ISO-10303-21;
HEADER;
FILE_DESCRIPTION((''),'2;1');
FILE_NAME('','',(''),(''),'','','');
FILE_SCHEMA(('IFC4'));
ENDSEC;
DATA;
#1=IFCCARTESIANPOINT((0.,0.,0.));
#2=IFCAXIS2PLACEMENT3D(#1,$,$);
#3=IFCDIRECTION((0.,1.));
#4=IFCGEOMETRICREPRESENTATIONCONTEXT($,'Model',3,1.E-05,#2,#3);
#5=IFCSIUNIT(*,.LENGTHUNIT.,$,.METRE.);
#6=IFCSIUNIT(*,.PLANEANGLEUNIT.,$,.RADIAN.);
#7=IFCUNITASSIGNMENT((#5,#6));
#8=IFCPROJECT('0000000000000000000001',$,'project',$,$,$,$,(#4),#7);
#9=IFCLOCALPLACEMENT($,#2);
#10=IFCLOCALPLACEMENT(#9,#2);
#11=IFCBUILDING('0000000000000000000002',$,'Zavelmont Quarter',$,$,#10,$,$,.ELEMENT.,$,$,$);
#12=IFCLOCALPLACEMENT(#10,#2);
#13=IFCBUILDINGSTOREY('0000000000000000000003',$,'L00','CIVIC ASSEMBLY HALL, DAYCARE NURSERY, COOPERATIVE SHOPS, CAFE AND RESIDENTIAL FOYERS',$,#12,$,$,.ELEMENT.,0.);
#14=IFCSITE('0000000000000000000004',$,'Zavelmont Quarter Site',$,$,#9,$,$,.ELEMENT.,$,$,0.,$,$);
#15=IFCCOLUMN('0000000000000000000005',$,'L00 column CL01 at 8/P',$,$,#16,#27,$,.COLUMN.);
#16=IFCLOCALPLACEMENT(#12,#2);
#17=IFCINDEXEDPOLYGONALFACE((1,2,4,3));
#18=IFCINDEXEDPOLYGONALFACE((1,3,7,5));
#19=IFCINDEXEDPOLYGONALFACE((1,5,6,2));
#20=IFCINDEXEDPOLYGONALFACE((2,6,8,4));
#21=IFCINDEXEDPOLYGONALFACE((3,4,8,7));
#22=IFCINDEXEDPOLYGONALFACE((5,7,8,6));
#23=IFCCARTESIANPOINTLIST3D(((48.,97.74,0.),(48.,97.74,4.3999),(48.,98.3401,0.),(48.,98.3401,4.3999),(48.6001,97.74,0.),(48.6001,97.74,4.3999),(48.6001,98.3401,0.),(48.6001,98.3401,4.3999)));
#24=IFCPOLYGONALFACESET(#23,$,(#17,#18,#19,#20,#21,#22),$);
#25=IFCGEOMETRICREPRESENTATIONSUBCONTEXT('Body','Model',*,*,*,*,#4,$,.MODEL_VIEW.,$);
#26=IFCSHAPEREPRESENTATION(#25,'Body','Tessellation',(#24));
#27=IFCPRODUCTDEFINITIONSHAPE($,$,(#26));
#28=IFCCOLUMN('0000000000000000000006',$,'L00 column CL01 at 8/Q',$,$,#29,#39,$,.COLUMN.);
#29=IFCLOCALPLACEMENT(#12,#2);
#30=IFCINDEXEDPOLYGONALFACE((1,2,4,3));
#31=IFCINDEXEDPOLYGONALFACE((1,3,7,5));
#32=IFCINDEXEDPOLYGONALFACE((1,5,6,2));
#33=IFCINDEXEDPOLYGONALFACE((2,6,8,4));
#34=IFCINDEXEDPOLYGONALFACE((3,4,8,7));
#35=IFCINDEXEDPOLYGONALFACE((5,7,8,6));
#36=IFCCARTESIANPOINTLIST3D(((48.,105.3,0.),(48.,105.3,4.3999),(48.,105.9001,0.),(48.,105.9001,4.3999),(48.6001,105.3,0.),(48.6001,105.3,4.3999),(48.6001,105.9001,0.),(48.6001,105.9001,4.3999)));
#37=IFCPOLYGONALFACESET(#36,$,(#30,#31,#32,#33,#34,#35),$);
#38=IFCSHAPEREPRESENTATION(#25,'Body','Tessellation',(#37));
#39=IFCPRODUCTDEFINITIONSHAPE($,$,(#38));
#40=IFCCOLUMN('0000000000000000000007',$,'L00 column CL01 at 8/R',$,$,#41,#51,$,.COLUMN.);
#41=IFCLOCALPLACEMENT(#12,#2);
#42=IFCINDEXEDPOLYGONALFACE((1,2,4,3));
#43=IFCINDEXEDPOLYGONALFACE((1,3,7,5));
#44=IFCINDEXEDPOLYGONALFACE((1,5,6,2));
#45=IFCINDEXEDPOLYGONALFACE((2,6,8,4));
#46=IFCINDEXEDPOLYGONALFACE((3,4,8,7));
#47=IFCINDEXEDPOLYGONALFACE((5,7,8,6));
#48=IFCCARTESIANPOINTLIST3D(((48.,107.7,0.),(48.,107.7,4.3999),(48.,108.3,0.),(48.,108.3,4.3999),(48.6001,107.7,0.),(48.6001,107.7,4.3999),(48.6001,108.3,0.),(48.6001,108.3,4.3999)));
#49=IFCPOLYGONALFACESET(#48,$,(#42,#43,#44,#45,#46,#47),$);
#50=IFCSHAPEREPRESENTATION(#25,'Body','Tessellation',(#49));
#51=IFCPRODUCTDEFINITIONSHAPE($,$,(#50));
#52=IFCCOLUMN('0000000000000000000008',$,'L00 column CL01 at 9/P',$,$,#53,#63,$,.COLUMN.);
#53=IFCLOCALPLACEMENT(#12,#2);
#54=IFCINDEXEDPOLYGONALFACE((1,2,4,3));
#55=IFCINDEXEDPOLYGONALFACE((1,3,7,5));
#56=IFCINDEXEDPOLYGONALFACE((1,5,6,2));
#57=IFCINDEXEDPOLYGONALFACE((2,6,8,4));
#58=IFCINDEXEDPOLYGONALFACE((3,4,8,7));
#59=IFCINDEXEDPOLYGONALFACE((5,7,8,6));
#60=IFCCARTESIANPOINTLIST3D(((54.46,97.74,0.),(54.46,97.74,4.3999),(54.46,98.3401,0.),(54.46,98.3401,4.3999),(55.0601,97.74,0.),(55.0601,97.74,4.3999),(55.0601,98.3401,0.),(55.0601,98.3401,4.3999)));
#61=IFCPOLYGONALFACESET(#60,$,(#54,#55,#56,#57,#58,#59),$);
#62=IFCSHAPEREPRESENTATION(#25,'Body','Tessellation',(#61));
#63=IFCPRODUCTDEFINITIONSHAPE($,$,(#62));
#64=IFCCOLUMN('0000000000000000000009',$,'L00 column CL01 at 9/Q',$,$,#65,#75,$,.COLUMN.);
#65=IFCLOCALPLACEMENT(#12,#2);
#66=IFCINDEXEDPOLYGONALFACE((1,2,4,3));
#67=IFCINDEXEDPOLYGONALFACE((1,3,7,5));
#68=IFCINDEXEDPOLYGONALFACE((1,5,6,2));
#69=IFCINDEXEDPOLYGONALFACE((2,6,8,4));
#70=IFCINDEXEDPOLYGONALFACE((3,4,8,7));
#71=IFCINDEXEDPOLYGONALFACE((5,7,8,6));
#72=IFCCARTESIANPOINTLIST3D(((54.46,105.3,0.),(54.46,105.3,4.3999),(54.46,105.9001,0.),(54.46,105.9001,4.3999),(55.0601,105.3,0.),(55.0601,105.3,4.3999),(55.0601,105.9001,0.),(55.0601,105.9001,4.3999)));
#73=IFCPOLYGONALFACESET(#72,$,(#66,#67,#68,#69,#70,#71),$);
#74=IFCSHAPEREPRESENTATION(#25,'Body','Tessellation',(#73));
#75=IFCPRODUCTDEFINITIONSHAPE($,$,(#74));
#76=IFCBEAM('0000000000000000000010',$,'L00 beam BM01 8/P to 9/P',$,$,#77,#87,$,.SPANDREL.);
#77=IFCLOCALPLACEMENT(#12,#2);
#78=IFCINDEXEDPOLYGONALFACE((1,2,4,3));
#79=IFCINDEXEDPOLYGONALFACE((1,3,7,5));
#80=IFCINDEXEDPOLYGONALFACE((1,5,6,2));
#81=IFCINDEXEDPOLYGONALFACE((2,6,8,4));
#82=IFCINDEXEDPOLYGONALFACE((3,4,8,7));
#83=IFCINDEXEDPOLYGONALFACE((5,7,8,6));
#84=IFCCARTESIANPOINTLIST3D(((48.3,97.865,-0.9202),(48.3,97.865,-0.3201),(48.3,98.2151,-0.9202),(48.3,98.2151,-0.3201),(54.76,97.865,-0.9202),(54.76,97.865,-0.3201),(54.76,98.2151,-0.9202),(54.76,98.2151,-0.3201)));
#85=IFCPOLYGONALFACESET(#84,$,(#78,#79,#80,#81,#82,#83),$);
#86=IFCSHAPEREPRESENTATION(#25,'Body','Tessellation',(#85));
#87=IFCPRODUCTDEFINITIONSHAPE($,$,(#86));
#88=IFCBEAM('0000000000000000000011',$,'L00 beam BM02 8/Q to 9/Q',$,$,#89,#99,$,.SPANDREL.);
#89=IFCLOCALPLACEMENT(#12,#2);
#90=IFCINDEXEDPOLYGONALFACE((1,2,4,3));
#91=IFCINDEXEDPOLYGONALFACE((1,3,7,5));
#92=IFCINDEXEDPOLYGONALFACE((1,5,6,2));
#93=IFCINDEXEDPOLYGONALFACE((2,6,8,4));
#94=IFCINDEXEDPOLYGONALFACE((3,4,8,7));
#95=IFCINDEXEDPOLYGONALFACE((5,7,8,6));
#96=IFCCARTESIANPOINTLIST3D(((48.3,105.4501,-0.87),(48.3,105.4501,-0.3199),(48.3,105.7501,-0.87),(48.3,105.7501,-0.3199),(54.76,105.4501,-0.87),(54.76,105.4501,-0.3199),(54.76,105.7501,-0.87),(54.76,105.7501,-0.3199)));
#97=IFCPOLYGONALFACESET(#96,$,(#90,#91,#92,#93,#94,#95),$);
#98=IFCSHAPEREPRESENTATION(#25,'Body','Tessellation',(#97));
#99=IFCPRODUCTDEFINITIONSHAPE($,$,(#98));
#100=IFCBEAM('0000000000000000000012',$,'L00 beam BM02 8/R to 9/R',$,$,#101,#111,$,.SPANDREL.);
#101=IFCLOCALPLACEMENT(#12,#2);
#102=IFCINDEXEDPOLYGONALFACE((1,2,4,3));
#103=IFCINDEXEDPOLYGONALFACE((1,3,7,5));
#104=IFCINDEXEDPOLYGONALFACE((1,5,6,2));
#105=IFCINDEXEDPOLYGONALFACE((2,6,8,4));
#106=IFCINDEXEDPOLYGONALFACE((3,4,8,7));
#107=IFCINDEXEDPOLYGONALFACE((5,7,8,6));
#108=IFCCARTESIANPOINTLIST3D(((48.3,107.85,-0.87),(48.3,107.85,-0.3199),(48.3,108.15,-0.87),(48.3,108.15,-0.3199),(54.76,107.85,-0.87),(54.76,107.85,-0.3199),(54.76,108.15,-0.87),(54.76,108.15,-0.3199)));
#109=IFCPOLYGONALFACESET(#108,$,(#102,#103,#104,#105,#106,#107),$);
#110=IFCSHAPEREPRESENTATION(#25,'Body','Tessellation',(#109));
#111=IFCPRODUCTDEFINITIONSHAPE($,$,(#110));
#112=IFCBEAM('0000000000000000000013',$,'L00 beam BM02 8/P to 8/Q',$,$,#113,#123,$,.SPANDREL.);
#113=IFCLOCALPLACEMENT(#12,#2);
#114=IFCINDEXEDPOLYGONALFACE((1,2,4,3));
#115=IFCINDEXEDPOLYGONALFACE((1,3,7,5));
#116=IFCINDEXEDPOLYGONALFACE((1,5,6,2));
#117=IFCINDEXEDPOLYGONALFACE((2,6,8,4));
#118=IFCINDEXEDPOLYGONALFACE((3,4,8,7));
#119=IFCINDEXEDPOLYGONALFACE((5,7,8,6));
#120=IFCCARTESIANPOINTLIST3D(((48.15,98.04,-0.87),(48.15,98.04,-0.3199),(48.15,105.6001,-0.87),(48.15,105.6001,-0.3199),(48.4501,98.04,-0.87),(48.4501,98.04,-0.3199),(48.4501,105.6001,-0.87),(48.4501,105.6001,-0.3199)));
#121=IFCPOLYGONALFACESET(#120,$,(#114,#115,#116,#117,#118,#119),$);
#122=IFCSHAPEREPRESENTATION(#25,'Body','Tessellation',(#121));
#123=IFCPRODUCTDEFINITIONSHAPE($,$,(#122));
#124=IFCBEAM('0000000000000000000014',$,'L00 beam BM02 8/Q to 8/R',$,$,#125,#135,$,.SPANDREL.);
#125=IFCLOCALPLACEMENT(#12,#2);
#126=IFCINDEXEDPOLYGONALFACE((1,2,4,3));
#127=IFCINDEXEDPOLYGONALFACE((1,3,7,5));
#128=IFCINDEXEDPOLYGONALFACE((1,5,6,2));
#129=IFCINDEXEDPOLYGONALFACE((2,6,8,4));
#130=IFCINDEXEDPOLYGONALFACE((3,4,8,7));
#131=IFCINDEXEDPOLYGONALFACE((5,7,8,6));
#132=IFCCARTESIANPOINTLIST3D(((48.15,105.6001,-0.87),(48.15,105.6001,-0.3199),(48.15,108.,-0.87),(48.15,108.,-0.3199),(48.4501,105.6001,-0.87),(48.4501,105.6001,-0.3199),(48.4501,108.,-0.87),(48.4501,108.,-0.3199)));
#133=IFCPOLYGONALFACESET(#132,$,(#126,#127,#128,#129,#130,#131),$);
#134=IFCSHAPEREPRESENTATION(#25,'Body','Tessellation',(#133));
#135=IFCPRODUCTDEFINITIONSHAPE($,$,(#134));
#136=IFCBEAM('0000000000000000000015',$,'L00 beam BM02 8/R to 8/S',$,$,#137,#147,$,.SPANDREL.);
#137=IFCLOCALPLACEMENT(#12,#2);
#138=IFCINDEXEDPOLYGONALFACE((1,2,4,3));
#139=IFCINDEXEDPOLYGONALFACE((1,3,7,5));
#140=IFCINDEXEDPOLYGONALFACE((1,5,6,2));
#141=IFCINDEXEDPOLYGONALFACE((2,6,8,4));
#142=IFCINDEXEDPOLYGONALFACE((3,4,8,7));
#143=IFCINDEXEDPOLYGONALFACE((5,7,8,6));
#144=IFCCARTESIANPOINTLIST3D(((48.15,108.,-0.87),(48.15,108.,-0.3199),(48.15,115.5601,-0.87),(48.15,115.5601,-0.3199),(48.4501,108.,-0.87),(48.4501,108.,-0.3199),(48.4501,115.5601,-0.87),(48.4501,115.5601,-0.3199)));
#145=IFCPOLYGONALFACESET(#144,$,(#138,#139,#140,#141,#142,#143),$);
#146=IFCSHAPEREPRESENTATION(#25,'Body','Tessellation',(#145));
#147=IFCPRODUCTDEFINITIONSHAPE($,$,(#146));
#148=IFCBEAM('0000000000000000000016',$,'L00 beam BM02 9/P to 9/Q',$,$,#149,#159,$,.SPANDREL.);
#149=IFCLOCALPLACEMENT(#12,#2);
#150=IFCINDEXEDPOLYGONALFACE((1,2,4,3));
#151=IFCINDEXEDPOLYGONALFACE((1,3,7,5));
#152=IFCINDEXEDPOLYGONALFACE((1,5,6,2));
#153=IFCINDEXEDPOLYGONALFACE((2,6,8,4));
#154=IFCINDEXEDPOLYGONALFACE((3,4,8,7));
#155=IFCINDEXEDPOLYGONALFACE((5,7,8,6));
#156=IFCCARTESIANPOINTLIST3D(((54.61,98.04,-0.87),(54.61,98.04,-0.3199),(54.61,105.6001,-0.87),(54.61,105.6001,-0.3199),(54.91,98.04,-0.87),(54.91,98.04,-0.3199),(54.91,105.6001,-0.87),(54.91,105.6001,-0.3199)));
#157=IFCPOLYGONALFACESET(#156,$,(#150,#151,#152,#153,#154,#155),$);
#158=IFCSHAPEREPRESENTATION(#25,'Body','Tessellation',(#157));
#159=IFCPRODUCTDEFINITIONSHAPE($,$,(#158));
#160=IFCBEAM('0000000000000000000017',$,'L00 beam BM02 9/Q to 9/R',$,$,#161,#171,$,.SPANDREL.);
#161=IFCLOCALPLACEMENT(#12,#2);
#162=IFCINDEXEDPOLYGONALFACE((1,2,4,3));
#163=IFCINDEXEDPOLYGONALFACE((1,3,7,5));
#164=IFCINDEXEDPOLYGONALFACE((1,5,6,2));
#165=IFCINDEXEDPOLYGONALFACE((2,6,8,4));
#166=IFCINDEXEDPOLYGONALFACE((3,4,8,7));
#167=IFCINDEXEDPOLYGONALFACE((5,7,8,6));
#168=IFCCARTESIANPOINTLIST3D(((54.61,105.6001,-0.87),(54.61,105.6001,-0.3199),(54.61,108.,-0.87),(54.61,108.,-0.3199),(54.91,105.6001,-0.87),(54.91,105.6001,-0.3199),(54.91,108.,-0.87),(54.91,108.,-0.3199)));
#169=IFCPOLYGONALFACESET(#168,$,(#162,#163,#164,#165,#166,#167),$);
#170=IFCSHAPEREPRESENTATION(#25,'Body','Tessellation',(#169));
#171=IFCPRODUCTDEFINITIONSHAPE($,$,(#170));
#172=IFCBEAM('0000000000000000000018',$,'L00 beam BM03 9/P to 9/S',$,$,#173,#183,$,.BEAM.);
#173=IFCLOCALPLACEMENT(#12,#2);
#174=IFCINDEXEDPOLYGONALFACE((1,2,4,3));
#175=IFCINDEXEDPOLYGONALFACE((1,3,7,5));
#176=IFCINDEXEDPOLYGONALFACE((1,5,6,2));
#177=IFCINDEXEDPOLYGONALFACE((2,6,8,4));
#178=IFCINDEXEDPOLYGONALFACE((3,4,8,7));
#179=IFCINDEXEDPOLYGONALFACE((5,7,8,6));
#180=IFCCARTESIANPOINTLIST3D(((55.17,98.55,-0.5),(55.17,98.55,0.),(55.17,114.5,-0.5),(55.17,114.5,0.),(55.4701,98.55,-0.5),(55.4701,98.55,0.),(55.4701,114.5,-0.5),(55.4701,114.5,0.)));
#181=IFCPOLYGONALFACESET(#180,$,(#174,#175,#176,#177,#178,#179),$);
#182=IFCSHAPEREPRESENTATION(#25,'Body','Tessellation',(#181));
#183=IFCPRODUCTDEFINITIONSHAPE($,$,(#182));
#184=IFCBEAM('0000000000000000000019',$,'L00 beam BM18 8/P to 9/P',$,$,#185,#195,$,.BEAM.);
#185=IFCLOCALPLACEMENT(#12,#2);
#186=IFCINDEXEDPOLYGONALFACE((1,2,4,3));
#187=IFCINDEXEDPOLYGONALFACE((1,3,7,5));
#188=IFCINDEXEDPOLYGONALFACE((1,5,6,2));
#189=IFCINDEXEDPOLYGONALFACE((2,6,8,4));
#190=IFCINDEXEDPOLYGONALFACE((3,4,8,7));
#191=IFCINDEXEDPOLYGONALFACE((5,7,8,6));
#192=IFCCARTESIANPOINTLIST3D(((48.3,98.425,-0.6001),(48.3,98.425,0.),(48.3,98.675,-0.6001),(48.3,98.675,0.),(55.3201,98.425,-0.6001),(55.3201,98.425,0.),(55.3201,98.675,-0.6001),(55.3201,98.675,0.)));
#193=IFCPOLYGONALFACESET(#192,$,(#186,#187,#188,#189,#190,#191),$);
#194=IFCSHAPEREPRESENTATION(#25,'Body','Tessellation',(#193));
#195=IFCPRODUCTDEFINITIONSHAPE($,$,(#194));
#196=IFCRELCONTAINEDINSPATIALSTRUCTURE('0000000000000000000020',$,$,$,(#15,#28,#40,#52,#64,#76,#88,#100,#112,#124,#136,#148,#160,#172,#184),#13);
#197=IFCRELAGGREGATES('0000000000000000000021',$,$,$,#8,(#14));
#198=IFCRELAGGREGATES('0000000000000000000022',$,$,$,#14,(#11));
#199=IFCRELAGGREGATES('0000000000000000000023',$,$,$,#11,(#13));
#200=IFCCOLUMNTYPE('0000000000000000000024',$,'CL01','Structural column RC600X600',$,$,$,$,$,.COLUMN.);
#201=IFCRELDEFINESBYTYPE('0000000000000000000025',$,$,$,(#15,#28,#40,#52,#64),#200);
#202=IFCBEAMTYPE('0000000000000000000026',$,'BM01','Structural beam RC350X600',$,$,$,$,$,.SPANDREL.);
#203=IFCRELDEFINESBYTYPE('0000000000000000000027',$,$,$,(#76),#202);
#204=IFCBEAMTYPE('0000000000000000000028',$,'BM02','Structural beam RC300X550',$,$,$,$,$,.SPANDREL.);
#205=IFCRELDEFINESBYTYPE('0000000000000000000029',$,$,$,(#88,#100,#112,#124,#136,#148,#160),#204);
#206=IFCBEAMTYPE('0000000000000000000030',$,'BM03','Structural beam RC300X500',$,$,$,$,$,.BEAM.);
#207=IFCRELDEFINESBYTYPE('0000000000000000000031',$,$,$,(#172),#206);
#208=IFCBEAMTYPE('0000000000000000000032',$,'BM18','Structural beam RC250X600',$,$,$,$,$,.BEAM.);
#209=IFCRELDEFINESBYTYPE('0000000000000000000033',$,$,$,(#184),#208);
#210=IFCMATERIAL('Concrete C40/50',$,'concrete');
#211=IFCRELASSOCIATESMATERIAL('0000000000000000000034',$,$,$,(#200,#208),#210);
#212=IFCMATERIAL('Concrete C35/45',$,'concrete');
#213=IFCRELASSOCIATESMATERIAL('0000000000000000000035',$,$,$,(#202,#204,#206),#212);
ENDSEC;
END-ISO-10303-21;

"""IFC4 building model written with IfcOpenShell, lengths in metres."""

from ifc_helpers import new_model, si_unit, direction, frame, origin, origin_2d, place, context, subcontext, project, spatial, rectangle, extrude, material, material_profile, profile_set, type_object, element, save


model = new_model("IFC4")

# Units and contexts
model_context = context("Model", 3, precision=1e-05, world=origin(), true_north=direction((0.0, 1.0)))
body_context = subcontext(model_context, "Body", "Model", "MODEL_VIEW")
ifc_project = project(units=[si_unit("LENGTHUNIT", "METRE"), si_unit("PLANEANGLEUNIT", "RADIAN")], contexts=[model_context])

# Site, building, storey
site_placement = place(None, origin())
site = spatial("IfcSite", under=ifc_project, at=site_placement, Name="Zavelmont Quarter Site", CompositionType="ELEMENT", RefElevation=0.0)
building_placement = place(site_placement, origin())
building = spatial("IfcBuilding", under=site, at=building_placement, Name="Zavelmont Quarter", CompositionType="ELEMENT")
storey_placement = place(building_placement, origin())
storey = spatial("IfcBuildingStorey", under=building, at=storey_placement, Name="L00", Description="CIVIC ASSEMBLY HALL, DAYCARE NURSERY, COOPERATIVE SHOPS, CAFE AND RESIDENTIAL FOYERS", CompositionType="ELEMENT", Elevation=0.0)

# Columns
ifc_material_1 = material(Name="Concrete C40/50", Category="concrete")
ifc_material_profile_1 = material_profile(ifc_material_1, rectangle(XDim=0.6001, YDim=0.6001, at=origin_2d()), Name="RC600X600")
ifc_profile_set_1 = profile_set([ifc_material_profile_1], Name="Concrete C40/50")
column_type = type_object("IfcColumnType", Name="CL01", Description="Structural column RC600X600", PredefinedType="COLUMN", material=ifc_profile_set_1)
for number, where, z_axis, x_axis, name in (
    (1, (48.3, 98.04, 0.0), (0.0, 0.0, 1.0), (1.0, 0.0, 0.0), "L00 column CL01 at 8/P"),
    (2, (48.3, 105.6001, 0.0), (0.0, 0.0, 1.0), (1.0, 0.0, 0.0), "L00 column CL01 at 8/Q"),
    (3, (48.3, 108.0, 0.0), (0.0, 0.0, 1.0), (1.0, 0.0, 0.0), "L00 column CL01 at 8/R"),
    (4, (54.76, 98.04, 0.0), (0.0, 0.0, 1.0), (1.0, 0.0, 0.0), "L00 column CL01 at 9/P"),
    (5, (54.76, 105.6001, 0.0), (0.0, 0.0, 1.0), (1.0, 0.0, 0.0), "L00 column CL01 at 9/Q"),
):
    element("IfcColumn", number, at=place(storey_placement, frame(where, z_axis=z_axis, x_axis=x_axis)), inside=storey, type_object=column_type, Name=name, PredefinedType="COLUMN", context=body_context, shape_type="SweptSolid", body=[
        extrude(rectangle(XDim=0.6001, YDim=0.6001, at=origin_2d()), origin(), (0.0, 0.0, 1.0), 4.3999),
    ])

# Beams
ifc_material_2 = material(Name="Concrete C35/45", Category="concrete")
ifc_material_profile_2 = material_profile(ifc_material_2, rectangle(XDim=0.3501, YDim=0.6001, at=origin_2d()), Name="RC350X600")
ifc_profile_set_2 = profile_set([ifc_material_profile_2], Name="Concrete C35/45")
beam_type_1 = type_object("IfcBeamType", Name="BM01", Description="Structural beam RC350X600", PredefinedType="SPANDREL", material=ifc_profile_set_2)
beam_1_placement = place(storey_placement, frame((48.3, 98.04, -0.6201), z_axis=(1.0, 0.0, 0.0), x_axis=(0.0, 1.0, 0.0)))
element("IfcBeam", 6, at=beam_1_placement, inside=storey, type_object=beam_type_1, Name="L00 beam BM01 8/P to 9/P", PredefinedType="SPANDREL", context=body_context, shape_type="SweptSolid", body=[
    extrude(rectangle(XDim=0.3501, YDim=0.6001, at=origin_2d()), origin(), (0.0, 0.0, 1.0), 6.46),
])
ifc_material_profile_3 = material_profile(ifc_material_2, rectangle(XDim=0.3, YDim=0.55, at=origin_2d()), Name="RC300X550")
ifc_profile_set_3 = profile_set([ifc_material_profile_3], Name="Concrete C35/45")
beam_type_2 = type_object("IfcBeamType", Name="BM02", Description="Structural beam RC300X550", PredefinedType="SPANDREL", material=ifc_profile_set_3)
for number, where, z_axis, x_axis, name in (
    (7, (48.3, 105.6001, -0.595), (1.0, 0.0, 0.0), (0.0, 1.0, 0.0), "L00 beam BM02 8/Q to 9/Q"),
    (8, (48.3, 108.0, -0.595), (1.0, 0.0, 0.0), (0.0, 1.0, 0.0), "L00 beam BM02 8/R to 9/R"),
):
    element("IfcBeam", number, at=place(storey_placement, frame(where, z_axis=z_axis, x_axis=x_axis)), inside=storey, type_object=beam_type_2, Name=name, PredefinedType="SPANDREL", context=body_context, shape_type="SweptSolid", body=[
        extrude(rectangle(XDim=0.3, YDim=0.55, at=origin_2d()), origin(), (0.0, 0.0, 1.0), 6.46),
    ])
beam_2_placement = place(storey_placement, frame((48.3, 98.04, -0.595), z_axis=(0.0, 1.0, 0.0), x_axis=(-1.0, 0.0, 0.0)))
element("IfcBeam", 9, at=beam_2_placement, inside=storey, type_object=beam_type_2, Name="L00 beam BM02 8/P to 8/Q", PredefinedType="SPANDREL", context=body_context, shape_type="SweptSolid", body=[
    extrude(rectangle(XDim=0.3, YDim=0.55, at=origin_2d()), origin(), (0.0, 0.0, 1.0), 7.5601),
])
beam_3_placement = place(storey_placement, frame((48.3, 105.6001, -0.595), z_axis=(0.0, 1.0, 0.0), x_axis=(-1.0, 0.0, 0.0)))
element("IfcBeam", 10, at=beam_3_placement, inside=storey, type_object=beam_type_2, Name="L00 beam BM02 8/Q to 8/R", PredefinedType="SPANDREL", context=body_context, shape_type="SweptSolid", body=[
    extrude(rectangle(XDim=0.3, YDim=0.55, at=origin_2d()), origin(), (0.0, 0.0, 1.0), 2.3999),
])
for number, where, z_axis, x_axis, name in (
    (11, (48.3, 108.0, -0.595), (0.0, 1.0, 0.0), (-1.0, 0.0, 0.0), "L00 beam BM02 8/R to 8/S"),
    (12, (54.76, 98.04, -0.595), (0.0, 1.0, 0.0), (-1.0, 0.0, 0.0), "L00 beam BM02 9/P to 9/Q"),
):
    element("IfcBeam", number, at=place(storey_placement, frame(where, z_axis=z_axis, x_axis=x_axis)), inside=storey, type_object=beam_type_2, Name=name, PredefinedType="SPANDREL", context=body_context, shape_type="SweptSolid", body=[
        extrude(rectangle(XDim=0.3, YDim=0.55, at=origin_2d()), origin(), (0.0, 0.0, 1.0), 7.5601),
    ])
beam_4_placement = place(storey_placement, frame((54.76, 105.6001, -0.595), z_axis=(0.0, 1.0, 0.0), x_axis=(-1.0, 0.0, 0.0)))
element("IfcBeam", 13, at=beam_4_placement, inside=storey, type_object=beam_type_2, Name="L00 beam BM02 9/Q to 9/R", PredefinedType="SPANDREL", context=body_context, shape_type="SweptSolid", body=[
    extrude(rectangle(XDim=0.3, YDim=0.55, at=origin_2d()), origin(), (0.0, 0.0, 1.0), 2.3999),
])
ifc_material_profile_4 = material_profile(ifc_material_2, rectangle(XDim=0.3, YDim=0.5, at=origin_2d()), Name="RC300X500")
ifc_profile_set_4 = profile_set([ifc_material_profile_4], Name="Concrete C35/45")
beam_type_3 = type_object("IfcBeamType", Name="BM03", Description="Structural beam RC300X500", PredefinedType="BEAM", material=ifc_profile_set_4)
beam_5_placement = place(storey_placement, frame((55.3201, 98.55, -0.25), z_axis=(0.0, 1.0, 0.0), x_axis=(-1.0, 0.0, 0.0)))
element("IfcBeam", 14, at=beam_5_placement, inside=storey, type_object=beam_type_3, Name="L00 beam BM03 9/P to 9/S", PredefinedType="BEAM", context=body_context, shape_type="SweptSolid", body=[
    extrude(rectangle(XDim=0.3, YDim=0.5, at=origin_2d()), origin(), (0.0, 0.0, 1.0), 15.95),
])
ifc_material_profile_5 = material_profile(ifc_material_1, rectangle(XDim=0.25, YDim=0.6001, at=origin_2d()), Name="RC250X600")
ifc_profile_set_5 = profile_set([ifc_material_profile_5], Name="Concrete C40/50")
beam_type_4 = type_object("IfcBeamType", Name="BM18", Description="Structural beam RC250X600", PredefinedType="BEAM", material=ifc_profile_set_5)
beam_6_placement = place(storey_placement, frame((48.3, 98.55, -0.3), z_axis=(1.0, 0.0, 0.0), x_axis=(0.0, 1.0, 0.0)))
element("IfcBeam", 15, at=beam_6_placement, inside=storey, type_object=beam_type_4, Name="L00 beam BM18 8/P to 9/P", PredefinedType="BEAM", context=body_context, shape_type="SweptSolid", body=[
    extrude(rectangle(XDim=0.25, YDim=0.6001, at=origin_2d()), origin(), (0.0, 0.0, 1.0), 7.02),
])

save(model, "model.ifc")
